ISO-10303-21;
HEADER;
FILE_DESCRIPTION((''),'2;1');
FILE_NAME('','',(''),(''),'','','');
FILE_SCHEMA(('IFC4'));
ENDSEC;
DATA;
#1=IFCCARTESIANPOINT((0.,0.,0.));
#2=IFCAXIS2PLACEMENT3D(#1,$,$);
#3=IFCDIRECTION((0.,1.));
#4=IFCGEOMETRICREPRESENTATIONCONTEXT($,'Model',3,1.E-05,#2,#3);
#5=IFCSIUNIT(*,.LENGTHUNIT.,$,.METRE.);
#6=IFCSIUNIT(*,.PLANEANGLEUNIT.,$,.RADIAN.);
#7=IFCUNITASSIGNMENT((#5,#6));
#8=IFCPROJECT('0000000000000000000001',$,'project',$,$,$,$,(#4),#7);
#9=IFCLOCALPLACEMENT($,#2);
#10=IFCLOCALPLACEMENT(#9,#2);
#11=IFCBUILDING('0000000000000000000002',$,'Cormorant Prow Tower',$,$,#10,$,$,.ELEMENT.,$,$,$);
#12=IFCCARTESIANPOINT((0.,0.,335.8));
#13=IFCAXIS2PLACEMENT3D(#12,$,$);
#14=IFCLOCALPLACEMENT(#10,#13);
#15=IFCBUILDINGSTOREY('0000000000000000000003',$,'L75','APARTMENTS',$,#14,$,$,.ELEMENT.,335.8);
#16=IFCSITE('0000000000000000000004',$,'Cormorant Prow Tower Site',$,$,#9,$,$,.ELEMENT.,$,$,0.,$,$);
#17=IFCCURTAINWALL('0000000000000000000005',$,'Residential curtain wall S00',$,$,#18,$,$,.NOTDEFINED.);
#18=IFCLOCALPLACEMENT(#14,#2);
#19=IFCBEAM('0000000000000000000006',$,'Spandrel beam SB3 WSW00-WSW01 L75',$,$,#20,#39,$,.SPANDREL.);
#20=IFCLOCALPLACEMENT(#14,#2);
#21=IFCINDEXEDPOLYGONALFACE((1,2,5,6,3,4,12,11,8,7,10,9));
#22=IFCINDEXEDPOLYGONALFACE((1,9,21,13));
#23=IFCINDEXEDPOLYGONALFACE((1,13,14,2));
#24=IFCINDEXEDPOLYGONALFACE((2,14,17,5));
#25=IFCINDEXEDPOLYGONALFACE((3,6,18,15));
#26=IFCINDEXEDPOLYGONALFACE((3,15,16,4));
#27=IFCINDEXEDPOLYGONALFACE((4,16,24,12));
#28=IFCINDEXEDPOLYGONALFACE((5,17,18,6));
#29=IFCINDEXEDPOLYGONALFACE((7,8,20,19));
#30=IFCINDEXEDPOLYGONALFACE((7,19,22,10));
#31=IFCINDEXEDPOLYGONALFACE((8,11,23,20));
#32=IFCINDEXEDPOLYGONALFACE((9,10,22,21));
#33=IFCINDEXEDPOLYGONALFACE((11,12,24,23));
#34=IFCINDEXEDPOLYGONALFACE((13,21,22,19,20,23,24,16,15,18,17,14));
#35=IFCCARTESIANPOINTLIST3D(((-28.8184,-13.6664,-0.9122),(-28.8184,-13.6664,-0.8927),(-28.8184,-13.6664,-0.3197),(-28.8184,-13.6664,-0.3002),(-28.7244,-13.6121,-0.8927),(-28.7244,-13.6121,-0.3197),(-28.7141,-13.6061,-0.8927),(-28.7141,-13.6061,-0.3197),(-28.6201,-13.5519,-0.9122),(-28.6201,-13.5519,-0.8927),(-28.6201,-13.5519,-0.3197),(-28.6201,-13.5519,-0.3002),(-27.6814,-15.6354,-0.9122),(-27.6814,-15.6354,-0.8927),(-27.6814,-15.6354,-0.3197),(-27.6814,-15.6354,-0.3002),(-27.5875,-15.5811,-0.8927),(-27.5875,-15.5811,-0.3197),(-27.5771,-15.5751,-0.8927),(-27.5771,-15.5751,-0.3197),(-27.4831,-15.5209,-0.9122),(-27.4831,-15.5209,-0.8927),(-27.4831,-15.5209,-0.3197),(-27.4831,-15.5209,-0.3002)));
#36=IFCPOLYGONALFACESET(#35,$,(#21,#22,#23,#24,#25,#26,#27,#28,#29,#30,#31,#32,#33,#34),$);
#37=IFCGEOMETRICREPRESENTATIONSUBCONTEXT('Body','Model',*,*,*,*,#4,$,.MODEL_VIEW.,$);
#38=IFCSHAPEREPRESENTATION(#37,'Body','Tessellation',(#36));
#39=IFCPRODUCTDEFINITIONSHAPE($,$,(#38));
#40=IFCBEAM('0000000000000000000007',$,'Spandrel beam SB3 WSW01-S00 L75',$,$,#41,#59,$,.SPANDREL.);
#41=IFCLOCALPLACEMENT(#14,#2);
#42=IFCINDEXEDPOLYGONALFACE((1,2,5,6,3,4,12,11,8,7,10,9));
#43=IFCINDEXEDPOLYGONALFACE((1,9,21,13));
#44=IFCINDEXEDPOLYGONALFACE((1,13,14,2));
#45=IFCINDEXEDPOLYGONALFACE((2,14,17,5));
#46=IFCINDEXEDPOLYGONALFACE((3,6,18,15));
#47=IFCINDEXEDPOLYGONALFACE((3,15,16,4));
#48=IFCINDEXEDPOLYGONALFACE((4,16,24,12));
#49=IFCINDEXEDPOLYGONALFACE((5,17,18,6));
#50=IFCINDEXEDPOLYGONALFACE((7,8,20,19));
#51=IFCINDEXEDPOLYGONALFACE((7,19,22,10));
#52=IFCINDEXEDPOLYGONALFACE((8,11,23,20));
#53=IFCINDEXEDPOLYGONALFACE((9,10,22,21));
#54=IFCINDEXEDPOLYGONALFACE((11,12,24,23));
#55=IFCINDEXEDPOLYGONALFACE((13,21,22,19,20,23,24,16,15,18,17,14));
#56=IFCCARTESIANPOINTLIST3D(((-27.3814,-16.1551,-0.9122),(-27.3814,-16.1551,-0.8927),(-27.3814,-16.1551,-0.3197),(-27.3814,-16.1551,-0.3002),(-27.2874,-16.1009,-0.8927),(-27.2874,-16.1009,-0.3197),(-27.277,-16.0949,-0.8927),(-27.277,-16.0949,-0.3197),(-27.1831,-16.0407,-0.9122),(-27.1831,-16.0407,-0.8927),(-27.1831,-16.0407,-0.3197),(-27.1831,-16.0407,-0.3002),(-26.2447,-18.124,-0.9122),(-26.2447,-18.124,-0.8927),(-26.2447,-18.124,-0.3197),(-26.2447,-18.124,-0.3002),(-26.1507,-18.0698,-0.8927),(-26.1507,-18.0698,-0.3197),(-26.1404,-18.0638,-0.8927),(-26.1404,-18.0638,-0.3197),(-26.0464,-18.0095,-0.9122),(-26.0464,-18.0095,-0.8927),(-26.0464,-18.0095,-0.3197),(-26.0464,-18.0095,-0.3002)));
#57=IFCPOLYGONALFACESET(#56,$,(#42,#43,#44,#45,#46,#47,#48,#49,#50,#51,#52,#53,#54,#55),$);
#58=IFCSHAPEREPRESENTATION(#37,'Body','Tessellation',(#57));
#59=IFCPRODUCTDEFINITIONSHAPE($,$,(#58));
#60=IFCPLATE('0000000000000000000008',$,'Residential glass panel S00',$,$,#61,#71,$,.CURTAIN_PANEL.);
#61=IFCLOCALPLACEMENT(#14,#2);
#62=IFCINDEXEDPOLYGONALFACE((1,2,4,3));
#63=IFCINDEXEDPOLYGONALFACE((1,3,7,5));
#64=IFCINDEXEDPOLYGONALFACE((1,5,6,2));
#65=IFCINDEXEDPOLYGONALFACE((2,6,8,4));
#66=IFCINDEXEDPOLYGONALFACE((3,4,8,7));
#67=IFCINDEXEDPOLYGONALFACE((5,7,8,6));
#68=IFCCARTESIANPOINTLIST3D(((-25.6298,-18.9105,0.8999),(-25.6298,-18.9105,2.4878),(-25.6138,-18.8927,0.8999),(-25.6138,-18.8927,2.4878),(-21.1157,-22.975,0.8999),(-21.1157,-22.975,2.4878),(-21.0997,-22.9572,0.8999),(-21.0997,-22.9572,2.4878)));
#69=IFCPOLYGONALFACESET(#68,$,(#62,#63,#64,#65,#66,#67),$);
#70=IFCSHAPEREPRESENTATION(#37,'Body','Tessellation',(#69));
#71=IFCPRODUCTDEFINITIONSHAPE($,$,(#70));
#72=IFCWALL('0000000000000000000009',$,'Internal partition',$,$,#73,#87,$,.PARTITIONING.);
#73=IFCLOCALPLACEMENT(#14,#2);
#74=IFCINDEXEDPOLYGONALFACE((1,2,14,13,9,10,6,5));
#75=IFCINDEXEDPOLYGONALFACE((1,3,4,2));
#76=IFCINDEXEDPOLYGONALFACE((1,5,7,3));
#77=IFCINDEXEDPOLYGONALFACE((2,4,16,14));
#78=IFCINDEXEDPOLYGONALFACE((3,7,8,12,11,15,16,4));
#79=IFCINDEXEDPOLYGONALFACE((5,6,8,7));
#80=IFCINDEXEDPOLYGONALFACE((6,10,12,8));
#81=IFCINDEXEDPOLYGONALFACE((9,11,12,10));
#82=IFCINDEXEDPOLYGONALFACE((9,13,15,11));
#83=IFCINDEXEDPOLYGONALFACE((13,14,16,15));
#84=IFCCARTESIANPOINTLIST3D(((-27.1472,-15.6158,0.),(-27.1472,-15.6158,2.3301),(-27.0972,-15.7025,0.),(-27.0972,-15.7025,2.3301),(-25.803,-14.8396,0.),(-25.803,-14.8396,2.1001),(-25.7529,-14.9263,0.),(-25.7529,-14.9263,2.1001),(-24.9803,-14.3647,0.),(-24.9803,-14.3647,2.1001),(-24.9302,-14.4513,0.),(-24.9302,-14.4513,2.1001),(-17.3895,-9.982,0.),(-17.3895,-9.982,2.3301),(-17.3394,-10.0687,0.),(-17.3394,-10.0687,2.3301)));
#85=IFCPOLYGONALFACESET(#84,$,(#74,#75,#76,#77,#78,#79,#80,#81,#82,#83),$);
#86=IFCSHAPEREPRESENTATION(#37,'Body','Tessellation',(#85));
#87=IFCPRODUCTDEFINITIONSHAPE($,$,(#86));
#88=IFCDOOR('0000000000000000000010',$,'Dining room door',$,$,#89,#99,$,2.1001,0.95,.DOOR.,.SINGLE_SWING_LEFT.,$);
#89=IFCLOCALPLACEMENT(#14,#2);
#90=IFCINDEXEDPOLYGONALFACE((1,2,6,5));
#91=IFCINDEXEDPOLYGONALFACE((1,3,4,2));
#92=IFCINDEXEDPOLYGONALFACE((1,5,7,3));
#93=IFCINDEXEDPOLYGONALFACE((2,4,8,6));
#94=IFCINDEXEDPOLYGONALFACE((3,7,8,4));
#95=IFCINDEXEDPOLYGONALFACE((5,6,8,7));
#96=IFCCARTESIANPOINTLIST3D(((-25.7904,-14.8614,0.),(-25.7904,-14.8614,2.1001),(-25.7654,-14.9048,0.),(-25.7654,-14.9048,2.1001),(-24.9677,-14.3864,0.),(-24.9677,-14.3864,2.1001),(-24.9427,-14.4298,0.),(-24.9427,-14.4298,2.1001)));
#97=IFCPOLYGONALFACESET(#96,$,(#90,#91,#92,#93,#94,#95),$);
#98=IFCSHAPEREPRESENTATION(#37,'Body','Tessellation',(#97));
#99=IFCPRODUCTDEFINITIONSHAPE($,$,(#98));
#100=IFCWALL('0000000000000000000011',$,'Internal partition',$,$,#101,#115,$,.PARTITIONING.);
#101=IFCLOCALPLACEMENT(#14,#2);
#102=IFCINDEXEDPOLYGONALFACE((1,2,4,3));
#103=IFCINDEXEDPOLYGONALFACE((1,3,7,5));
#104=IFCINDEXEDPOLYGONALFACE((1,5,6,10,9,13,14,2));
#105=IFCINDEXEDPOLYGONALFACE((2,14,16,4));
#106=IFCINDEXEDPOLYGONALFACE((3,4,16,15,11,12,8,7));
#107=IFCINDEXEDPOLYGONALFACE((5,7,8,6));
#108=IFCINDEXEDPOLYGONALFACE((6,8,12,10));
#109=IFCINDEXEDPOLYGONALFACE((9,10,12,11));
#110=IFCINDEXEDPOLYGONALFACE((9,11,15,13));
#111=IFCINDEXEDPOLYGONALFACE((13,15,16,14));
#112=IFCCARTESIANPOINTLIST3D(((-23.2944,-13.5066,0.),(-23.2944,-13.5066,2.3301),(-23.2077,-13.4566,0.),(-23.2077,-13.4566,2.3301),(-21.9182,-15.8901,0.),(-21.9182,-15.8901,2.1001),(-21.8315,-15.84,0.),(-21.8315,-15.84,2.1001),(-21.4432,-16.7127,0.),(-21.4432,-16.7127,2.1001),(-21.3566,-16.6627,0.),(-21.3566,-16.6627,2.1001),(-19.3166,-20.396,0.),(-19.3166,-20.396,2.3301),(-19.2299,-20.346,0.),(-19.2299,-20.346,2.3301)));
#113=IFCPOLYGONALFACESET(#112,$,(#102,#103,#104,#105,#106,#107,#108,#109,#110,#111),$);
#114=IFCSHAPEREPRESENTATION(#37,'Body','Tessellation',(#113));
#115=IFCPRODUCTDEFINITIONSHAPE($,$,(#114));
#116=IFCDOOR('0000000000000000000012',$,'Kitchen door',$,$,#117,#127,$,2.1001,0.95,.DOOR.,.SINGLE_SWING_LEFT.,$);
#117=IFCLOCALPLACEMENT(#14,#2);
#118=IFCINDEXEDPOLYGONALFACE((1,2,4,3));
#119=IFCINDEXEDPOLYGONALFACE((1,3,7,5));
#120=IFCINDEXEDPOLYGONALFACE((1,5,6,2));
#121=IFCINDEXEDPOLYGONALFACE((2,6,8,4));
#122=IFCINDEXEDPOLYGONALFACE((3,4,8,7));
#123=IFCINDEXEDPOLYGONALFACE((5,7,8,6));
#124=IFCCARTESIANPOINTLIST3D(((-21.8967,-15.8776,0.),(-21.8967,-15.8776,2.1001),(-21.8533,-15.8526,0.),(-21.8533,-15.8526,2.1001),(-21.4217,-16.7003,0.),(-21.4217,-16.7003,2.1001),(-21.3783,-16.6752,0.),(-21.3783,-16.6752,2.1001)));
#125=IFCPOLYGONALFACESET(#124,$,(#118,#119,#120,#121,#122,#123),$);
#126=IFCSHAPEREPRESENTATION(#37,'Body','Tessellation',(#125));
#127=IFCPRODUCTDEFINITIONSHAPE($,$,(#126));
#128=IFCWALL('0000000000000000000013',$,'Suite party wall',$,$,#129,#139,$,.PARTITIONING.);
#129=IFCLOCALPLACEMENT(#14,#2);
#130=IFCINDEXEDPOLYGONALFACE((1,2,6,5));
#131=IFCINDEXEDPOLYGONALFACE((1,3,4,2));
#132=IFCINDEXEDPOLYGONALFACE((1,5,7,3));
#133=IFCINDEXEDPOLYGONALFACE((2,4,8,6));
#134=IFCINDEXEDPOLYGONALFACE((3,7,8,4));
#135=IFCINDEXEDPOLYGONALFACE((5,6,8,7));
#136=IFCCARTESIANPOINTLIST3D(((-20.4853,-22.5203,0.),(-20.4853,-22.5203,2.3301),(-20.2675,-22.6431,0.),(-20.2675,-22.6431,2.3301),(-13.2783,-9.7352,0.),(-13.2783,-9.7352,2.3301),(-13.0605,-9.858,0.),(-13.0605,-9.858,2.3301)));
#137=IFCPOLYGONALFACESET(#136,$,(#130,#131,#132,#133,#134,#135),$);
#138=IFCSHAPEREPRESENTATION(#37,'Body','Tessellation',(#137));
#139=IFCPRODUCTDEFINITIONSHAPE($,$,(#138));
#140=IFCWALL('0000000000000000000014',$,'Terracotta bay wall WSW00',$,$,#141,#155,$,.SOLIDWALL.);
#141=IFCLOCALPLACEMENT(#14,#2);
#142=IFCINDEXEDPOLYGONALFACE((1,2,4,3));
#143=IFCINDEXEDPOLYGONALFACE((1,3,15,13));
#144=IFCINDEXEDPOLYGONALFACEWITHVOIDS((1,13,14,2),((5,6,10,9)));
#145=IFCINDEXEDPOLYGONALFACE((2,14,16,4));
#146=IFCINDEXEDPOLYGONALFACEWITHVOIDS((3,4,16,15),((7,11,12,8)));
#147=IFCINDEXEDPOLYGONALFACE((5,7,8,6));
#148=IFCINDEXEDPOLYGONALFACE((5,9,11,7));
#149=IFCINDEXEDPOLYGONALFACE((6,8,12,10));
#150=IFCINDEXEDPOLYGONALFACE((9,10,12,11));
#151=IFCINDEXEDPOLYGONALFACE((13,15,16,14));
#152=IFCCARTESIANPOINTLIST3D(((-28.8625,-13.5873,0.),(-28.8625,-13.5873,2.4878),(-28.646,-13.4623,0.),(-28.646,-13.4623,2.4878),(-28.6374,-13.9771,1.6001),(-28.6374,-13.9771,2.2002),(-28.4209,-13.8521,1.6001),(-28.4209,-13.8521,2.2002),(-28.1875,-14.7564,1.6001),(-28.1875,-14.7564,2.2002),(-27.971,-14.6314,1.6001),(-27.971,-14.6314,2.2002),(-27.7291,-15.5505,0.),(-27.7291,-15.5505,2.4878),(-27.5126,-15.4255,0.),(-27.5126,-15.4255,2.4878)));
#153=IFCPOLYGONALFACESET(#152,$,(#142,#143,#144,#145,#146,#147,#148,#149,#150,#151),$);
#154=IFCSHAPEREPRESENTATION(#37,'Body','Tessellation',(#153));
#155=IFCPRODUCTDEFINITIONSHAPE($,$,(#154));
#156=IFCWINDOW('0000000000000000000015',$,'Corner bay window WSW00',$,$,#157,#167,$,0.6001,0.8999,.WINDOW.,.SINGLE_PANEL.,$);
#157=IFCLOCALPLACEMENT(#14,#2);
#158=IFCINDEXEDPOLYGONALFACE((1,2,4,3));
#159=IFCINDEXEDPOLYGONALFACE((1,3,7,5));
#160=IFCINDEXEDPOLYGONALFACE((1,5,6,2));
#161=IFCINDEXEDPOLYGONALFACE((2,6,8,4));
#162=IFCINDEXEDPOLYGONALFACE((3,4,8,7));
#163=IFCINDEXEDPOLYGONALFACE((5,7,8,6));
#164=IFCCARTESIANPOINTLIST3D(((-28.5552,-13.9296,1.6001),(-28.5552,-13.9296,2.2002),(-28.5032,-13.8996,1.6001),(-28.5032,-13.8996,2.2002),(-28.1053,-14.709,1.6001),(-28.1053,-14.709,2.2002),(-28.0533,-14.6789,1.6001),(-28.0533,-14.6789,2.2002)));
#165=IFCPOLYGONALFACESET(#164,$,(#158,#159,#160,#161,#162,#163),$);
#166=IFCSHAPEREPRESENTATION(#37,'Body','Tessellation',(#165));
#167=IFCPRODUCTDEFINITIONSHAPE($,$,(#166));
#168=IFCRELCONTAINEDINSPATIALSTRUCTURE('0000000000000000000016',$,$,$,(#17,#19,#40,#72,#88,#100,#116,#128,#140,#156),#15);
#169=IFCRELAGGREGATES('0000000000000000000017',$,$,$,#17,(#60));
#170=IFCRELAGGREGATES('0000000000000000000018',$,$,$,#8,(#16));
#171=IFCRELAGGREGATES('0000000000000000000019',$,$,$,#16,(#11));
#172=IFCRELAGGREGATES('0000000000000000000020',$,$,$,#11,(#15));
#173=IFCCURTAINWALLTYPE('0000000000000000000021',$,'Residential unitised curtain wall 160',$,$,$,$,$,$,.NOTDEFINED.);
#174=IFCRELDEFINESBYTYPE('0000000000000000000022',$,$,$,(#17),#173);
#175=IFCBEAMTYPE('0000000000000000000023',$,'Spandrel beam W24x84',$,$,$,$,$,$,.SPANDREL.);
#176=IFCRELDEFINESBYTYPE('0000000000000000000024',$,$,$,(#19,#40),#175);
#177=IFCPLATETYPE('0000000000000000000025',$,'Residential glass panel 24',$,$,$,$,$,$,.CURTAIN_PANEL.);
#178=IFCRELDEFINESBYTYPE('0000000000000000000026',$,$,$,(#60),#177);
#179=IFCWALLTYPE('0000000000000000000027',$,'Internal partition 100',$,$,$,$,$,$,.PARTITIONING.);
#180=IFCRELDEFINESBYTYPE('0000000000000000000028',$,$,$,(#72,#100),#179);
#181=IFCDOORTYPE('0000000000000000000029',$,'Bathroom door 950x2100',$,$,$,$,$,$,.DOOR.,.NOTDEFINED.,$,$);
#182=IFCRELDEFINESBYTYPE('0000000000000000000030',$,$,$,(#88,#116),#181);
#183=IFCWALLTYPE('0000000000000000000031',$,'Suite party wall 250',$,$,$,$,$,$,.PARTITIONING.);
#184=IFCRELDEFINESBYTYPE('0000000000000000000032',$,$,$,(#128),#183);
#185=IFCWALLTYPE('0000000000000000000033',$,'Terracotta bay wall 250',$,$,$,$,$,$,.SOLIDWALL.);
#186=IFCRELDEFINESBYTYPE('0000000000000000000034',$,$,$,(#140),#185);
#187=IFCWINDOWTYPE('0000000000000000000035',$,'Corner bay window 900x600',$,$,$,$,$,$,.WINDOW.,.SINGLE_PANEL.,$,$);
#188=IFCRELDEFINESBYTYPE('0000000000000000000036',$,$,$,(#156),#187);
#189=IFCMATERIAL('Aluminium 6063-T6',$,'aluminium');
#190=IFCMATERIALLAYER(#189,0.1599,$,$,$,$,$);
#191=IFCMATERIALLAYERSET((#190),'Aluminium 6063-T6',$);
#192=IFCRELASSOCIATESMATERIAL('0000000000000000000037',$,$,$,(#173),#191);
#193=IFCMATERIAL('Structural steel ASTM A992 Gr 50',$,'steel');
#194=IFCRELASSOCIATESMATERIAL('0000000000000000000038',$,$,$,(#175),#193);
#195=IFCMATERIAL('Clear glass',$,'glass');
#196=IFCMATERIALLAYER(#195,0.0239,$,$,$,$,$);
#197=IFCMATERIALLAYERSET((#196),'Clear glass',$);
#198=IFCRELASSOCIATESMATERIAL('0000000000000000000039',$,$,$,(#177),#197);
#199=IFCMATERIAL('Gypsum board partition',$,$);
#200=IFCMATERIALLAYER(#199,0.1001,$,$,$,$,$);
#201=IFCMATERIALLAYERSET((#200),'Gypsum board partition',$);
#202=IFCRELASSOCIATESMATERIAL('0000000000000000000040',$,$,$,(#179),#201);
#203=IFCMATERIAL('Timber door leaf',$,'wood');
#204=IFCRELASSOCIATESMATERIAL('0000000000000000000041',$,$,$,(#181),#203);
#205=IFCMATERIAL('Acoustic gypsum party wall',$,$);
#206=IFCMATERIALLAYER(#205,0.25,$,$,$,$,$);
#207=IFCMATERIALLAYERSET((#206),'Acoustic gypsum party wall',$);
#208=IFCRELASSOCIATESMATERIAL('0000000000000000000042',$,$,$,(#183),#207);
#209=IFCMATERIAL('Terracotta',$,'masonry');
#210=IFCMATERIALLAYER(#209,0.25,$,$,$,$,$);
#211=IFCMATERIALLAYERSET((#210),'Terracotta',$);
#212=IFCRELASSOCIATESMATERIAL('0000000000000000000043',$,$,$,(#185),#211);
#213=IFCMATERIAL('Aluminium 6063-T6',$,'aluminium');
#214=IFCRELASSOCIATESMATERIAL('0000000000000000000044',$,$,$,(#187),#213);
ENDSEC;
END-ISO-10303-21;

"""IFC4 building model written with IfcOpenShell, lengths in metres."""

from ifc_helpers import new_model, si_unit, direction, frame, frame_2d, origin, origin_2d, place, context, subcontext, project, spatial, rectangle, i_section, extrude, material, layer, layer_set, material_profile, profile_set, type_object, element, fill, aggregate, save


model = new_model("IFC4")

# Units and contexts
model_context = context("Model", 3, precision=1e-05, world=origin(), true_north=direction((0.0, 1.0)))
body_context = subcontext(model_context, "Body", "Model", "MODEL_VIEW")
ifc_project = project(units=[si_unit("LENGTHUNIT", "METRE"), si_unit("PLANEANGLEUNIT", "RADIAN")], contexts=[model_context])

# Site, building, storey
site_placement = place(None, origin())
site = spatial("IfcSite", under=ifc_project, at=site_placement, Name="Cormorant Prow Tower Site", CompositionType="ELEMENT", RefElevation=0.0)
building_placement = place(site_placement, origin())
building = spatial("IfcBuilding", under=site, at=building_placement, Name="Cormorant Prow Tower", CompositionType="ELEMENT")
storey_placement = place(building_placement, frame((0.0, 0.0, 335.8)))
storey = spatial("IfcBuildingStorey", under=building, at=storey_placement, Name="L75", Description="APARTMENTS", CompositionType="ELEMENT", Elevation=335.8)

# Curtain wall
ifc_material_1 = material(Name="Aluminium 6063-T6", Category="aluminium")
ifc_layer_1 = layer(ifc_material_1, 0.1599)
ifc_layer_set_1 = layer_set([ifc_layer_1], Name="Aluminium 6063-T6")
curtain_wall_type = type_object("IfcCurtainWallType", Name="Residential unitised curtain wall 160", PredefinedType="NOTDEFINED", material=ifc_layer_set_1)
curtain_wall_placement = place(storey_placement, origin())
curtain_wall = element("IfcCurtainWall", 1, at=curtain_wall_placement, inside=storey, type_object=curtain_wall_type, Name="Residential curtain wall S00", PredefinedType="NOTDEFINED")

# Beams
ifc_material_2 = material(Name="Structural steel ASTM A992 Gr 50", Category="steel")
ifc_material_profile_1 = material_profile(ifc_material_2, i_section(OverallWidth=0.229, OverallDepth=0.6121, WebThickness=0.012, FlangeThickness=0.0195, at=origin_2d()), Name="W24x84")
ifc_profile_set_1 = profile_set([ifc_material_profile_1], Name="Structural steel ASTM A992 Gr 50")
beam_type = type_object("IfcBeamType", Name="Spandrel beam W24x84", PredefinedType="SPANDREL", material=ifc_profile_set_1)
beam_1_placement = place(storey_placement, frame((-28.7192, -13.6091, -0.6062), z_axis=(0.500054, -0.865994, 0.0), x_axis=(0.865994, 0.500054, 0.0)))
element("IfcBeam", 2, at=beam_1_placement, inside=storey, type_object=beam_type, Name="Spandrel beam SB3 WSW00-WSW01 L75", PredefinedType="SPANDREL", context=body_context, shape_type="SweptSolid", body=[
    extrude(i_section(OverallWidth=0.229, OverallDepth=0.6121, WebThickness=0.012, FlangeThickness=0.0195, at=origin_2d()), origin(), (0.0, 0.0, 1.0), 2.2737),
])
beam_2_placement = place(storey_placement, frame((-27.2822, -16.0979, -0.6062), z_axis=(0.499973, -0.866041, 0.0), x_axis=(0.866041, 0.499973, 0.0)))
element("IfcBeam", 3, at=beam_2_placement, inside=storey, type_object=beam_type, Name="Spandrel beam SB3 WSW01-S00 L75", PredefinedType="SPANDREL", context=body_context, shape_type="SweptSolid", body=[
    extrude(i_section(OverallWidth=0.229, OverallDepth=0.6121, WebThickness=0.012, FlangeThickness=0.0195, at=origin_2d()), origin(), (0.0, 0.0, 1.0), 2.2734),
])

# Plate
ifc_material_3 = material(Name="Clear glass", Category="glass")
ifc_layer_2 = layer(ifc_material_3, 0.0239)
ifc_layer_set_2 = layer_set([ifc_layer_2], Name="Clear glass")
plate_type = type_object("IfcPlateType", Name="Residential glass panel 24", PredefinedType="CURTAIN_PANEL", material=ifc_layer_set_2)
plate_placement = place(storey_placement, frame((-23.3647, -20.9338, 0.8999), z_axis=(0.0, 0.0, 1.0), x_axis=(0.743145, -0.669131, 0.0)))
plate = element("IfcPlate", 4, at=plate_placement, type_object=plate_type, Name="Residential glass panel S00", PredefinedType="CURTAIN_PANEL", context=body_context, shape_type="SweptSolid", body=[
    extrude(rectangle(XDim=6.0742, YDim=0.0239, at=origin_2d()), origin(), (0.0, 0.0, 1.0), 1.5879),
])
aggregate(curtain_wall, [plate])

# Walls, openings, doors
ifc_material_4 = material(Name="Gypsum board partition")
ifc_layer_3 = layer(ifc_material_4, 0.1001)
ifc_layer_set_3 = layer_set([ifc_layer_3], Name="Gypsum board partition")
wall_type_1 = type_object("IfcWallType", Name="Internal partition 100", PredefinedType="PARTITIONING", material=ifc_layer_set_3)
wall_1_placement = place(storey_placement, frame((-27.1223, -15.6592, 0.0), z_axis=(0.0, 0.0, 1.0), x_axis=(0.866021, 0.500008, 0.0)))
wall_1 = element("IfcWall", 5, at=wall_1_placement, inside=storey, type_object=wall_type_1, Name="Internal partition", PredefinedType="PARTITIONING", context=body_context, shape_type="SweptSolid", body=[
    extrude(rectangle(XDim=11.2673, YDim=0.1001, at=frame_2d((5.6338, 0.0))), origin(), (0.0, 0.0, 1.0), 2.3301),
])
opening_1_placement = place(wall_1_placement, frame((1.5522, 0.0, 0.0)))
opening_1 = element("IfcOpeningElement", 6, at=opening_1_placement, cuts=wall_1, PredefinedType="OPENING", context=body_context, shape_type="SweptSolid", body=[
    extrude(rectangle(XDim=0.95, YDim=2.1001, at=frame_2d((0.4751, 1.05))), frame((0.0, 0.0601, 0.0), z_axis=(0.0, -1.0, 0.0), x_axis=(1.0, 0.0, 0.0)), (0.0, 0.0, 1.0), 0.1201),
])
ifc_material_5 = material(Name="Timber door leaf", Category="wood")
door_type_1 = type_object("IfcDoorType", Name="Bathroom door 950x2100", OperationType="NOTDEFINED", PredefinedType="DOOR", material=ifc_material_5)
door_1_placement = place(opening_1_placement, origin())
door_1 = element("IfcDoor", 7, at=door_1_placement, inside=storey, type_object=door_type_1, Name="Dining room door", OperationType="SINGLE_SWING_LEFT", OverallHeight=2.1001, OverallWidth=0.95, PredefinedType="DOOR", context=body_context, shape_type="SweptSolid", body=[
    extrude(rectangle(XDim=0.95, YDim=2.1001, at=frame_2d((0.4751, 1.05))), frame((0.0, 0.0249, 0.0), z_axis=(0.0, -1.0, 0.0), x_axis=(1.0, 0.0, 0.0)), (0.0, 0.0, 1.0), 0.05),
])
fill(opening_1, door_1)
wall_2_placement = place(storey_placement, frame((-23.251, -13.4817, 0.0), z_axis=(0.0, 0.0, 1.0), x_axis=(0.500017, -0.866015, 0.0)))
wall_2 = element("IfcWall", 8, at=wall_2_placement, inside=storey, type_object=wall_type_1, Name="Internal partition", PredefinedType="PARTITIONING", context=body_context, shape_type="SweptSolid", body=[
    extrude(rectangle(XDim=7.9553, YDim=0.1001, at=frame_2d((3.9775, 0.0))), origin(), (0.0, 0.0, 1.0), 2.3301),
])
opening_2_placement = place(wall_2_placement, frame((2.752, 0.0, 0.0)))
opening_2 = element("IfcOpeningElement", 9, at=opening_2_placement, cuts=wall_2, PredefinedType="OPENING", context=body_context, shape_type="SweptSolid", body=[
    extrude(rectangle(XDim=0.95, YDim=2.1001, at=frame_2d((0.4751, 1.05))), frame((0.0, 0.0601, 0.0), z_axis=(0.0, -1.0, 0.0), x_axis=(1.0, 0.0, 0.0)), (0.0, 0.0, 1.0), 0.1201),
])
door_2_placement = place(opening_2_placement, origin())
door_2 = element("IfcDoor", 10, at=door_2_placement, inside=storey, type_object=door_type_1, Name="Kitchen door", OperationType="SINGLE_SWING_LEFT", OverallHeight=2.1001, OverallWidth=0.95, PredefinedType="DOOR", context=body_context, shape_type="SweptSolid", body=[
    extrude(rectangle(XDim=0.95, YDim=2.1001, at=frame_2d((0.4751, 1.05))), frame((0.0, 0.0249, 0.0), z_axis=(0.0, -1.0, 0.0), x_axis=(1.0, 0.0, 0.0)), (0.0, 0.0, 1.0), 0.05),
])
fill(opening_2, door_2)

# Wall
ifc_material_6 = material(Name="Acoustic gypsum party wall")
ifc_layer_4 = layer(ifc_material_6, 0.25)
ifc_layer_set_4 = layer_set([ifc_layer_4], Name="Acoustic gypsum party wall")
wall_type_2 = type_object("IfcWallType", Name="Suite party wall 250", PredefinedType="PARTITIONING", material=ifc_layer_set_4)
wall_3_placement = place(storey_placement, frame((-20.3765, -22.5818, 0.0), z_axis=(0.0, 0.0, 1.0), x_axis=(0.491057, 0.871127, 0.0)))
element("IfcWall", 11, at=wall_3_placement, inside=storey, type_object=wall_type_2, Name="Suite party wall", PredefinedType="PARTITIONING", context=body_context, shape_type="SweptSolid", body=[
    extrude(rectangle(XDim=14.6765, YDim=0.25, at=frame_2d((7.3384, 0.0))), origin(), (0.0, 0.0, 1.0), 2.3301),
])

# Wall, opening, window
ifc_material_7 = material(Name="Terracotta", Category="masonry")
ifc_layer_5 = layer(ifc_material_7, 0.25)
ifc_layer_set_5 = layer_set([ifc_layer_5], Name="Terracotta")
wall_type_3 = type_object("IfcWallType", Name="Terracotta bay wall 250", PredefinedType="SOLIDWALL", material=ifc_layer_set_5)
wall_4_placement = place(storey_placement, frame((-28.7542, -13.5249, 0.0), z_axis=(0.0, 0.0, 1.0), x_axis=(0.499962, -0.866047, 0.0)))
wall_4 = element("IfcWall", 12, at=wall_4_placement, inside=storey, type_object=wall_type_3, Name="Terracotta bay wall WSW00", PredefinedType="SOLIDWALL", context=body_context, shape_type="SweptSolid", body=[
    extrude(rectangle(XDim=2.2668, YDim=0.25, at=frame_2d((1.1333, 0.0))), origin(), (0.0, 0.0, 1.0), 2.4878),
])
opening_3_placement = place(wall_4_placement, frame((0.45, 0.0, 1.6001)))
opening_3 = element("IfcOpeningElement", 13, at=opening_3_placement, cuts=wall_4, PredefinedType="OPENING", context=body_context, shape_type="SweptSolid", body=[
    extrude(rectangle(XDim=0.8999, YDim=0.6001, at=frame_2d((0.45, 0.3))), frame((0.0, 0.135, 0.0), z_axis=(0.0, -1.0, 0.0), x_axis=(1.0, 0.0, 0.0)), (0.0, 0.0, 1.0), 0.27),
])
ifc_material_8 = material(Name="Aluminium 6063-T6", Category="aluminium")
window_type = type_object("IfcWindowType", Name="Corner bay window 900x600", PartitioningType="SINGLE_PANEL", PredefinedType="WINDOW", material=ifc_material_8)
window_placement = place(opening_3_placement, origin())
window = element("IfcWindow", 14, at=window_placement, inside=storey, type_object=window_type, Name="Corner bay window WSW00", OverallHeight=0.6001, OverallWidth=0.8999, PartitioningType="SINGLE_PANEL", PredefinedType="WINDOW", context=body_context, shape_type="SweptSolid", body=[
    extrude(rectangle(XDim=0.8999, YDim=0.6001, at=frame_2d((0.45, 0.3))), frame((0.0, 0.03, 0.0), z_axis=(0.0, -1.0, 0.0), x_axis=(1.0, 0.0, 0.0)), (0.0, 0.0, 1.0), 0.0601),
])
fill(opening_3, window)

save(model, "model.ifc")
